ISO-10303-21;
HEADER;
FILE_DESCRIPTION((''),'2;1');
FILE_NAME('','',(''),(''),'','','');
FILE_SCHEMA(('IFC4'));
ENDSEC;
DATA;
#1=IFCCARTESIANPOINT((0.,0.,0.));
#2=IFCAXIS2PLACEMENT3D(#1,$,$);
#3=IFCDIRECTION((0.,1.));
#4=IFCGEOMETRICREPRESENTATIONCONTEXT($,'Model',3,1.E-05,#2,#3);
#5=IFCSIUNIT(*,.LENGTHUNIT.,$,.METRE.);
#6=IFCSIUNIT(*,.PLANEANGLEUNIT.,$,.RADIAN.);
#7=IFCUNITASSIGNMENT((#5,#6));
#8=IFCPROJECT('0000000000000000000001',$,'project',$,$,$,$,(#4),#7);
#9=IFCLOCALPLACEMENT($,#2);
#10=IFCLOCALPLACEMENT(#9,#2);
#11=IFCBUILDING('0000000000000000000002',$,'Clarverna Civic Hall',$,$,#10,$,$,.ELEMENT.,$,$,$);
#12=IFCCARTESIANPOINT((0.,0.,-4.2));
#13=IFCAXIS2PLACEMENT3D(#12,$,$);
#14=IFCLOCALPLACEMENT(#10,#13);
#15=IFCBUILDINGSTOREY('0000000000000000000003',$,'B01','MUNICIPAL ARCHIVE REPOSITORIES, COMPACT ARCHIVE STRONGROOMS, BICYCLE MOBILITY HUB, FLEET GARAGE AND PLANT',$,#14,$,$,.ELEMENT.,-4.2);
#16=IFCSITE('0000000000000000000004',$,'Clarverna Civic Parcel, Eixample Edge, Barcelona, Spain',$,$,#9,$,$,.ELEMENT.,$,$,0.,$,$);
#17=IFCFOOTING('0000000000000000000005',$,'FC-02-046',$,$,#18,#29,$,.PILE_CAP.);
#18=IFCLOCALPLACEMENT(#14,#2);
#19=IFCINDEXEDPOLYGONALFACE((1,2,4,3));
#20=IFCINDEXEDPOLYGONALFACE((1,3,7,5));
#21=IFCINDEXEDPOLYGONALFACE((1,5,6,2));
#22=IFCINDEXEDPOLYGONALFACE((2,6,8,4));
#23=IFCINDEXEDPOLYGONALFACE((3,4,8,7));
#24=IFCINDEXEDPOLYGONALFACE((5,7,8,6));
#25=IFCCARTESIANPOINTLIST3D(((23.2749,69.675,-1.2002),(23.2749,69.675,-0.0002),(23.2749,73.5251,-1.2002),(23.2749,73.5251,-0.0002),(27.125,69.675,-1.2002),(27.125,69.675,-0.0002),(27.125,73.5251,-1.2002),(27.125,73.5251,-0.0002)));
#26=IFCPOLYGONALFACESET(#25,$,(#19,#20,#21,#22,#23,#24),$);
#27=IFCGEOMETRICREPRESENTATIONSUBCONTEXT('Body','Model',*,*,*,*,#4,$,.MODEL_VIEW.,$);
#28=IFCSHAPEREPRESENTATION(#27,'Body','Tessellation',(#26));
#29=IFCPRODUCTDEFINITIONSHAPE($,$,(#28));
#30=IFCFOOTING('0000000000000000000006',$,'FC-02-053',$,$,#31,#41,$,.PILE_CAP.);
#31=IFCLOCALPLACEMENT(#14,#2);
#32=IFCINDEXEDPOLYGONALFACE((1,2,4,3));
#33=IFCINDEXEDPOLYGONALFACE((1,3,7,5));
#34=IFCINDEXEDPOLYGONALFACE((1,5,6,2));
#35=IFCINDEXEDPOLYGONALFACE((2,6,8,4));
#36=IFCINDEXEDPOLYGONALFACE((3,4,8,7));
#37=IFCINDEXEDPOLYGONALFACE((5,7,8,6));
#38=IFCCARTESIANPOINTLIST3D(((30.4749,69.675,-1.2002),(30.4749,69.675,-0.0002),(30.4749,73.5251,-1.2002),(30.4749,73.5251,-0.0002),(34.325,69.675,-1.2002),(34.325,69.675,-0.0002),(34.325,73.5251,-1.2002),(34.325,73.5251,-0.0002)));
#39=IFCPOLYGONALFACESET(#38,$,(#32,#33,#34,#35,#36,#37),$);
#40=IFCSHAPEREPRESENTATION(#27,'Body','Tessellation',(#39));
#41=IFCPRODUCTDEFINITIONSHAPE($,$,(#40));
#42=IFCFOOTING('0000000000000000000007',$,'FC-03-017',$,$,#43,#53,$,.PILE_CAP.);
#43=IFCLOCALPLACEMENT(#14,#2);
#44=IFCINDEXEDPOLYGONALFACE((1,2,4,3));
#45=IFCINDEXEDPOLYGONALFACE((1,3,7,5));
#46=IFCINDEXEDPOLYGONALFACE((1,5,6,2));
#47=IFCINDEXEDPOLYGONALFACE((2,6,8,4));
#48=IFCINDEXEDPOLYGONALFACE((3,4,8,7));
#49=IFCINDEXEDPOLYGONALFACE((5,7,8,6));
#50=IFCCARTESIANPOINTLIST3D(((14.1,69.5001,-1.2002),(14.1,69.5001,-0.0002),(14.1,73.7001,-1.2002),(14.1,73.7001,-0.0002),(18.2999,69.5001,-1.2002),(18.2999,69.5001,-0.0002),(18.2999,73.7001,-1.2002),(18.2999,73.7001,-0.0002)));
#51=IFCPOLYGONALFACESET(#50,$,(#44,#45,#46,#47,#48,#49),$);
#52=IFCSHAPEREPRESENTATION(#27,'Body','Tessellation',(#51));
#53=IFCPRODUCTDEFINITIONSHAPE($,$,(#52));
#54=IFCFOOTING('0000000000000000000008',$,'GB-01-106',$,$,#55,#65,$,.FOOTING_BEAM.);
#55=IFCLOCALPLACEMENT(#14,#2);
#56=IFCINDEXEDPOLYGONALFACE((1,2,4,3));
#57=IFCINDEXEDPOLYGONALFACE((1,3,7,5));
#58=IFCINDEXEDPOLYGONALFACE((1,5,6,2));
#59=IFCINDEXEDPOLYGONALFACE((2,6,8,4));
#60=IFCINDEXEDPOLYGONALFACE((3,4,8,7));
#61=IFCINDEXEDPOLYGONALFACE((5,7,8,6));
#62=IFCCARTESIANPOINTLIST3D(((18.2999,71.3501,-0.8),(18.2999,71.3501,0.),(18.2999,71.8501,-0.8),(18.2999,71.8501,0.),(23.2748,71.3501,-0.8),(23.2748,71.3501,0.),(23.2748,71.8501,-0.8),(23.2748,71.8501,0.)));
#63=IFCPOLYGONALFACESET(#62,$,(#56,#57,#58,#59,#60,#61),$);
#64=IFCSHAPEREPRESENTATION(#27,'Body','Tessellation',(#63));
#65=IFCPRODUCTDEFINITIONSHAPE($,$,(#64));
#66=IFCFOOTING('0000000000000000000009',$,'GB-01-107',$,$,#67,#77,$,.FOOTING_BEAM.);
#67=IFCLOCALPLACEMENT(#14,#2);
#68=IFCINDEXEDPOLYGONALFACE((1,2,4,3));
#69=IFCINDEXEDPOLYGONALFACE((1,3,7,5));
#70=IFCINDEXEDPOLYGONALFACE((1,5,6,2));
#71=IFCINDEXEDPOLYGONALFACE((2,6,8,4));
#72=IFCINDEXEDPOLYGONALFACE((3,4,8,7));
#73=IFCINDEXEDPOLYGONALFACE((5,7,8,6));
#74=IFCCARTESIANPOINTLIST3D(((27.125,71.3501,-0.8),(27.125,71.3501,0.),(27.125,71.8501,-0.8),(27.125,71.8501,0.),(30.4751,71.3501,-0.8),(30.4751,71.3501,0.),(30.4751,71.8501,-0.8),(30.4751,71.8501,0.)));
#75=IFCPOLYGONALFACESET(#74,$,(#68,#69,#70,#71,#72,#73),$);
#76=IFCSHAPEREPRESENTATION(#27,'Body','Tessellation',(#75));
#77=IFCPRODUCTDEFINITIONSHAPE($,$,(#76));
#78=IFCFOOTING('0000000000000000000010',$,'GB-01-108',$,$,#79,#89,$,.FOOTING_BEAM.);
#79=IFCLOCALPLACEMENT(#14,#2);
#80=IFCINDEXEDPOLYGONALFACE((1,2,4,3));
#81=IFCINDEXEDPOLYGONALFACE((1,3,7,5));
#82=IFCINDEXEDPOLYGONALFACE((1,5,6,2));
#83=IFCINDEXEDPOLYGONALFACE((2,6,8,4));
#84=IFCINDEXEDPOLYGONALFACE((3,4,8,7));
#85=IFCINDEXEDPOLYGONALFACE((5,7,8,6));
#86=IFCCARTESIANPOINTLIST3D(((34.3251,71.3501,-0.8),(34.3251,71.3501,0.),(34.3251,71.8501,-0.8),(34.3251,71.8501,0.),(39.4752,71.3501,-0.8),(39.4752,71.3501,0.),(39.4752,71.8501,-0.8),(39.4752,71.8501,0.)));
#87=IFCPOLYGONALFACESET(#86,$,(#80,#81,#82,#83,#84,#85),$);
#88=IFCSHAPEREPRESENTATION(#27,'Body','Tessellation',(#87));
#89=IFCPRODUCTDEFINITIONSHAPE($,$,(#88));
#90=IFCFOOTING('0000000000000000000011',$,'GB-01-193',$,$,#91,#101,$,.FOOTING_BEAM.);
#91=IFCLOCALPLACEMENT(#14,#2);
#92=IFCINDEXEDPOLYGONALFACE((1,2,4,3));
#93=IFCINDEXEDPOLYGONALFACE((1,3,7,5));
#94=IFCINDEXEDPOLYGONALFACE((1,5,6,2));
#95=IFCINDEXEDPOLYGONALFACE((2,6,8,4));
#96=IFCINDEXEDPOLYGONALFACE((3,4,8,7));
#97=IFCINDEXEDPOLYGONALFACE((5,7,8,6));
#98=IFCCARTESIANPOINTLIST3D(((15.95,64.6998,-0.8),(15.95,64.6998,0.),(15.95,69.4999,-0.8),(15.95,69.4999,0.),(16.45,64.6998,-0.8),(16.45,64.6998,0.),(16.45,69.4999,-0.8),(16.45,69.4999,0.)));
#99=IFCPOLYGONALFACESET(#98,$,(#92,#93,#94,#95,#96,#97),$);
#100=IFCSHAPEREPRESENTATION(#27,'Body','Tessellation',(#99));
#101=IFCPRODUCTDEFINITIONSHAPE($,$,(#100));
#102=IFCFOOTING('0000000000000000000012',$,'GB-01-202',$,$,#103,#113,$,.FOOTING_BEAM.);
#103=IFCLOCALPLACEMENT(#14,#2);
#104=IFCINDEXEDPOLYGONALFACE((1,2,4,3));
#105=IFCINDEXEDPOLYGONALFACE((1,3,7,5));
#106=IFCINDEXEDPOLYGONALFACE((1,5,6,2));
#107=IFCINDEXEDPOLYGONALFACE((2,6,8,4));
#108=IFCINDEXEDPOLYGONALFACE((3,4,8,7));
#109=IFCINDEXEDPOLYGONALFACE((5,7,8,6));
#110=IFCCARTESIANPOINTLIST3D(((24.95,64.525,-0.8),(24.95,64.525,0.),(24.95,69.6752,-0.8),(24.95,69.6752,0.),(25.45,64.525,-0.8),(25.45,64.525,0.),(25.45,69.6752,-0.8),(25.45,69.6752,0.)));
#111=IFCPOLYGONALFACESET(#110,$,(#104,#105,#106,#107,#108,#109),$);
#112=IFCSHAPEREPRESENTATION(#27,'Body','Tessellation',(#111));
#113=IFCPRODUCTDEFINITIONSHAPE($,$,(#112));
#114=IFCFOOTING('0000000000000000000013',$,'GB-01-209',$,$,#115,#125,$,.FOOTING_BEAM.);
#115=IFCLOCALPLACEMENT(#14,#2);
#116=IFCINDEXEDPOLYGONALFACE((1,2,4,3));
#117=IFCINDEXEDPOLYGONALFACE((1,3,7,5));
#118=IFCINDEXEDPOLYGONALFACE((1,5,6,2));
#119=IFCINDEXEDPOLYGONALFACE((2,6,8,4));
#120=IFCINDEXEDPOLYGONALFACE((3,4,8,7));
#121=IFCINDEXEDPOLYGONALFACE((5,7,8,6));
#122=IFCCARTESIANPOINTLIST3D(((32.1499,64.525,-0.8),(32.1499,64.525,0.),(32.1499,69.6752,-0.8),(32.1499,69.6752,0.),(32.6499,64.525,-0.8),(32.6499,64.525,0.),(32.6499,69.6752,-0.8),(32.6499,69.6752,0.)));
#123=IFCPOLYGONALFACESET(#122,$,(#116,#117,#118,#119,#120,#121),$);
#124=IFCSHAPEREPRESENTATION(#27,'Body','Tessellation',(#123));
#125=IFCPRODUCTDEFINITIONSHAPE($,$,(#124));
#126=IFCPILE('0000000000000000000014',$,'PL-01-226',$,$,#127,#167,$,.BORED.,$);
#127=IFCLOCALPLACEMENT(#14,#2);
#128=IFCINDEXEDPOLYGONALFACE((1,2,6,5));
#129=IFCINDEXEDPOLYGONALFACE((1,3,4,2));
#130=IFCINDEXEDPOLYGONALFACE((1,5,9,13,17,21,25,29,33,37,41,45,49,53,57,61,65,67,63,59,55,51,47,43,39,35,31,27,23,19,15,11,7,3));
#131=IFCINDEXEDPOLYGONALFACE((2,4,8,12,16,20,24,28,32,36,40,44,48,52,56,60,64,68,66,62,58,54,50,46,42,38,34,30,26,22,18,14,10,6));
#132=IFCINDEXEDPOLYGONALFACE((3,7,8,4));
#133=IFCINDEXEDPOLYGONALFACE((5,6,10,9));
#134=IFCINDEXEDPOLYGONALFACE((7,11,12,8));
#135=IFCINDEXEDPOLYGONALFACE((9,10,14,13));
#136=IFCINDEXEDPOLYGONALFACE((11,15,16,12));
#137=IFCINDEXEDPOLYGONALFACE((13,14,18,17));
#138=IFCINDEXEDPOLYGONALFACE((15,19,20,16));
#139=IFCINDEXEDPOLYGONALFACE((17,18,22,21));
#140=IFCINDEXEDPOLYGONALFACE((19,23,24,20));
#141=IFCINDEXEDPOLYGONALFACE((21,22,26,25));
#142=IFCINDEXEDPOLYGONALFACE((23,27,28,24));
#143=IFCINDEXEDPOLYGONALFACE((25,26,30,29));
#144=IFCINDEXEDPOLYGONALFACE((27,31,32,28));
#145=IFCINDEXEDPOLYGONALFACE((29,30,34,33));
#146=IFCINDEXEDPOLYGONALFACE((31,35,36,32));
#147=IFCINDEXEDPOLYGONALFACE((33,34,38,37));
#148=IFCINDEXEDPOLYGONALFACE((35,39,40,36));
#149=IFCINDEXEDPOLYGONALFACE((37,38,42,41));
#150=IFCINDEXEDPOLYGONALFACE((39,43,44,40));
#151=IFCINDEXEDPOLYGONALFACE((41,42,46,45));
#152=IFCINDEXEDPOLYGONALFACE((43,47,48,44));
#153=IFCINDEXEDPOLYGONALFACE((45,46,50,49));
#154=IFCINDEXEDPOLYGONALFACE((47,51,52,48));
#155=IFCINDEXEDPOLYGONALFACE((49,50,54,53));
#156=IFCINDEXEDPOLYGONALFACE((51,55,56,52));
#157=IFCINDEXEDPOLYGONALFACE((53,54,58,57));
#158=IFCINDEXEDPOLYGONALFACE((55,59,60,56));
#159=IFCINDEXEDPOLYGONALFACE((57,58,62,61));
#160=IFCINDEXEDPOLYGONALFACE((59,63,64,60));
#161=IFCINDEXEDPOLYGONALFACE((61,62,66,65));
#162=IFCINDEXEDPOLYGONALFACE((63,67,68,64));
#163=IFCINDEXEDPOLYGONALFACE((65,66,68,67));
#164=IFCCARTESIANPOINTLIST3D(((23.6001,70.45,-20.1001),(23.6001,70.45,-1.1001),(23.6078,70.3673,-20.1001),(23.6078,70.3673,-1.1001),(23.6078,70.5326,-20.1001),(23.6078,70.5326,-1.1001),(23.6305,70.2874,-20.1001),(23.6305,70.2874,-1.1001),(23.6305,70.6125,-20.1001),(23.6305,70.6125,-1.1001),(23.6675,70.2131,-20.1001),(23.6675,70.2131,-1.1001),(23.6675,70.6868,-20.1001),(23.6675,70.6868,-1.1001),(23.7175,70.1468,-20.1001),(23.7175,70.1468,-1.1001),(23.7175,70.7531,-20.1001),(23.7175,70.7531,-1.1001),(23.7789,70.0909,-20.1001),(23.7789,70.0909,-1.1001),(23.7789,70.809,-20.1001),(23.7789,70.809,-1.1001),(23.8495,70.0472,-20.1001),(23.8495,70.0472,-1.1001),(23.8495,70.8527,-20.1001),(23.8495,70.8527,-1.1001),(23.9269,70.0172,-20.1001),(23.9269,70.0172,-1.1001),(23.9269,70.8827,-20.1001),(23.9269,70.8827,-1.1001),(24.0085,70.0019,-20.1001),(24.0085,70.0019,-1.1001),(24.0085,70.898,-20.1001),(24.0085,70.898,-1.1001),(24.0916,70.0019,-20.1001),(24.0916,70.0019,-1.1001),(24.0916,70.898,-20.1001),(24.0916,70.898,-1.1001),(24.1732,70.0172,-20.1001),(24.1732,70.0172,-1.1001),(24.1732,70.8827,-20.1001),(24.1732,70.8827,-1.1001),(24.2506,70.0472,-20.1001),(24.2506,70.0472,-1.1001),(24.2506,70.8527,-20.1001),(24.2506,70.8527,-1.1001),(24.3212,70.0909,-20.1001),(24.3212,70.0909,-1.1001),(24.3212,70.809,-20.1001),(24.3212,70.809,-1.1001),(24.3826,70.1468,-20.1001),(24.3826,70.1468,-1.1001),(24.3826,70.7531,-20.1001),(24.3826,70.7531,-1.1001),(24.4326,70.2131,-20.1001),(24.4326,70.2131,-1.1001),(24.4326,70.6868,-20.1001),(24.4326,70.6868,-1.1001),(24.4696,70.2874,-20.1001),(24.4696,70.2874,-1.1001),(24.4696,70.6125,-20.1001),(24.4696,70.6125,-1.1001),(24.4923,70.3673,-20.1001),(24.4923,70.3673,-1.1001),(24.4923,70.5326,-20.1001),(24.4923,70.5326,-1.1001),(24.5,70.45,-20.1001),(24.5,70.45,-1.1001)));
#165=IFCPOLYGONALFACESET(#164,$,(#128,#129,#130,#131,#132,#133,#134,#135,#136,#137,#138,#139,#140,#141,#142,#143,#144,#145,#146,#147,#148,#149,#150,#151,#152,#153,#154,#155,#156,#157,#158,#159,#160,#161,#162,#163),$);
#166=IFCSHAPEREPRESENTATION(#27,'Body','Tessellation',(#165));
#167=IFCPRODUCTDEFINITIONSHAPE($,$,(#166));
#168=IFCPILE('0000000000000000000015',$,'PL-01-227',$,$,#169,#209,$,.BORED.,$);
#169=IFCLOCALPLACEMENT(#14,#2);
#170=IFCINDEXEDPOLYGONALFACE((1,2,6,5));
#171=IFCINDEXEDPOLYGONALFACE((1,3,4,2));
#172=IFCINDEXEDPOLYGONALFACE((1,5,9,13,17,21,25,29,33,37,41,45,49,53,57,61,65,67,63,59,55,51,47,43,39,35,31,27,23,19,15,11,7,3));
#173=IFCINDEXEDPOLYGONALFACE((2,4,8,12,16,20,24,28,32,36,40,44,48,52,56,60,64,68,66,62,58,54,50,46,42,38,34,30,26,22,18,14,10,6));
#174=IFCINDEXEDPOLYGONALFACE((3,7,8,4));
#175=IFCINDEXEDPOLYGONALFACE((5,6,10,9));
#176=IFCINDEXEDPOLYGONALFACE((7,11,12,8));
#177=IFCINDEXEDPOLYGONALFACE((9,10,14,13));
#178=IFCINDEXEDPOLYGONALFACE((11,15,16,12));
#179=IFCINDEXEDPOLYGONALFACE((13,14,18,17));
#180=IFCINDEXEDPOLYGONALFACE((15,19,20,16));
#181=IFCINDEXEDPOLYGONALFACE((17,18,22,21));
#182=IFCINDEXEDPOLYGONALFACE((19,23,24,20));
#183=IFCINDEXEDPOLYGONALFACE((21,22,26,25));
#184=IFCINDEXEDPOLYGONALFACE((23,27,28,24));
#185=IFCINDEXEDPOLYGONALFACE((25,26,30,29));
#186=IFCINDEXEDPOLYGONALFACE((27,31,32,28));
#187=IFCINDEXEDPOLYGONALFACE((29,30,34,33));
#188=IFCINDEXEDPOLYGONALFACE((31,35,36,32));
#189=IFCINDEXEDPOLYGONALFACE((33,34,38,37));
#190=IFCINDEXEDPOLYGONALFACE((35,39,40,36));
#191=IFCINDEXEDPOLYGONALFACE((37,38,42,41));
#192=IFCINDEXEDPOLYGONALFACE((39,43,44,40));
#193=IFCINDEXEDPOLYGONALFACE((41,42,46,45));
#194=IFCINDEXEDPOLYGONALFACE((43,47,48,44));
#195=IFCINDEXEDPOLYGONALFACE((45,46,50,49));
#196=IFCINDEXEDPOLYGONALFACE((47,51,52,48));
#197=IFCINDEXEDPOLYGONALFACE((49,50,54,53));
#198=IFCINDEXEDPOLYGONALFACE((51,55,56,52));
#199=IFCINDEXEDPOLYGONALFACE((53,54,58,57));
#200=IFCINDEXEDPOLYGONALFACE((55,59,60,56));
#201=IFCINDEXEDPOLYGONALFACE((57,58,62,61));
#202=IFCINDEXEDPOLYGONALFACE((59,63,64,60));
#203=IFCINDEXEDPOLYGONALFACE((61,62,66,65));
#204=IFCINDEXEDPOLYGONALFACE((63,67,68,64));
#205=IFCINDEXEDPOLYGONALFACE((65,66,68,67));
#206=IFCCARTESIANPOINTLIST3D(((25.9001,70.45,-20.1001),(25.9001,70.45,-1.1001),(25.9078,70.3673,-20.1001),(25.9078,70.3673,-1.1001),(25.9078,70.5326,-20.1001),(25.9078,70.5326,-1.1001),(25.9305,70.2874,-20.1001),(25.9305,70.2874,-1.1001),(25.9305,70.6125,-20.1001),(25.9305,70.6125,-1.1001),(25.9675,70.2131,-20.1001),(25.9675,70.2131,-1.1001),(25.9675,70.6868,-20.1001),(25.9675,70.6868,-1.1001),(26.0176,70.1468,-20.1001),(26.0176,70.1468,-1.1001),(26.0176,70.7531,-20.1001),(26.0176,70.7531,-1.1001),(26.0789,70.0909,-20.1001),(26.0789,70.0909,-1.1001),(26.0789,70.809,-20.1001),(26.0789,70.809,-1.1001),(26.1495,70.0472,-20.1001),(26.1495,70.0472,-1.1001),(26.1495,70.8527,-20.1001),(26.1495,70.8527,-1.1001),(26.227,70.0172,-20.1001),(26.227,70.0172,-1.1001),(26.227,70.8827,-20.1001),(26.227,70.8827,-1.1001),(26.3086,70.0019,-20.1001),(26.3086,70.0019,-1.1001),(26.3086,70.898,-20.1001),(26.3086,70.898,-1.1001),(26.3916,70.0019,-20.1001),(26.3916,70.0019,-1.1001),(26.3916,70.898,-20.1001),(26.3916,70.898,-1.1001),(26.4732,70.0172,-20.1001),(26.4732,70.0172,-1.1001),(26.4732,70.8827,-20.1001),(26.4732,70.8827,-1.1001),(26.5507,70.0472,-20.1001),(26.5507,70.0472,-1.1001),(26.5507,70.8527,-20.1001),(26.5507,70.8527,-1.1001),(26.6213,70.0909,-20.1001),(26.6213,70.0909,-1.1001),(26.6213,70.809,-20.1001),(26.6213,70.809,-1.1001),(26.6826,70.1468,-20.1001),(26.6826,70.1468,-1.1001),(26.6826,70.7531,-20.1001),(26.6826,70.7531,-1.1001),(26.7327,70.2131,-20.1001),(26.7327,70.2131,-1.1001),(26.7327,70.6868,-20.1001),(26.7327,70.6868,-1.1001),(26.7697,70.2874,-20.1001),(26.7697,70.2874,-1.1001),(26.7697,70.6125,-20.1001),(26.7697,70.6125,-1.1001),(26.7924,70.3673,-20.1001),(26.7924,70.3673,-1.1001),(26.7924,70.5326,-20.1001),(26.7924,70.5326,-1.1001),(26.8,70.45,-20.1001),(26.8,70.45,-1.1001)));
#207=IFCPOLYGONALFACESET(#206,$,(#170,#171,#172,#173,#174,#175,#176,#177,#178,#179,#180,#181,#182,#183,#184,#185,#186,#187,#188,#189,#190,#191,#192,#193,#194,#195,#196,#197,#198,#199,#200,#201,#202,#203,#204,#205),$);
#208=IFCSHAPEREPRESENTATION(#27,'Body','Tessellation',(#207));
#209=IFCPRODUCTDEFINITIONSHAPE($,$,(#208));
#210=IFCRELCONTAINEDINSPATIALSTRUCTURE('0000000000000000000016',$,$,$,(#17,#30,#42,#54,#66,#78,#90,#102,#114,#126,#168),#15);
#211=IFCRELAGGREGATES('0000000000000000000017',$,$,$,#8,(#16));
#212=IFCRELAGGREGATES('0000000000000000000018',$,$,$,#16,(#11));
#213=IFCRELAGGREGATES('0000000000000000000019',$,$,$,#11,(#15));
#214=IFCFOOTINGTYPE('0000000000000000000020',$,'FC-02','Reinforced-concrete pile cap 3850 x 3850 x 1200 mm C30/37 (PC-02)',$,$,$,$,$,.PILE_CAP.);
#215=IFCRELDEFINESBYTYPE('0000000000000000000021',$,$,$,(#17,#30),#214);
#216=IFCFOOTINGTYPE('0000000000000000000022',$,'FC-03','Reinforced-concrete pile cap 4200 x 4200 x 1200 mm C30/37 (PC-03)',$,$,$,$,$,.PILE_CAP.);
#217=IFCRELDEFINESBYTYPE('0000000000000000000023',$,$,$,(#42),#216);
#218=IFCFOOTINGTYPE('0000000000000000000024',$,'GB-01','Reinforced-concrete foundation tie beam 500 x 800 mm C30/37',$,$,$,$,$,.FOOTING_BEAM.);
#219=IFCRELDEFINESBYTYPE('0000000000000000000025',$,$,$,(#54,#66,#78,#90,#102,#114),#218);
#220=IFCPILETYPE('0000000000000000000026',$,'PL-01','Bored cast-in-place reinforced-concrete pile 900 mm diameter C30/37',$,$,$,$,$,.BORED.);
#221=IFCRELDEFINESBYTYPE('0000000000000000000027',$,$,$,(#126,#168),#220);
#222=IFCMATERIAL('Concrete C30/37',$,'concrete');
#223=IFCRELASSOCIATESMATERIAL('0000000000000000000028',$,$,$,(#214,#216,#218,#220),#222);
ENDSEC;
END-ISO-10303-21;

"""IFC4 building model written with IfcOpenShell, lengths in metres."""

from ifc_helpers import new_model, si_unit, direction, frame, frame_2d, origin, origin_2d, place, context, subcontext, project, spatial, rectangle, circle, extrude, material, material_profile, profile_set, type_object, element, save


model = new_model("IFC4")

# Units and contexts
model_context = context("Model", 3, precision=1e-05, world=origin(), true_north=direction((0.0, 1.0)))
body_context = subcontext(model_context, "Body", "Model", "MODEL_VIEW")
ifc_project = project(units=[si_unit("LENGTHUNIT", "METRE"), si_unit("PLANEANGLEUNIT", "RADIAN")], contexts=[model_context])

# Site, building, storey
site_placement = place(None, origin())
site = spatial("IfcSite", under=ifc_project, at=site_placement, Name="Clarverna Civic Parcel, Eixample Edge, Barcelona, Spain", CompositionType="ELEMENT", RefElevation=0.0)
building_placement = place(site_placement, origin())
building = spatial("IfcBuilding", under=site, at=building_placement, Name="Clarverna Civic Hall", CompositionType="ELEMENT")
storey_placement = place(building_placement, frame((0.0, 0.0, -4.2)))
storey = spatial("IfcBuildingStorey", under=building, at=storey_placement, Name="B01", Description="MUNICIPAL ARCHIVE REPOSITORIES, COMPACT ARCHIVE STRONGROOMS, BICYCLE MOBILITY HUB, FLEET GARAGE AND PLANT", CompositionType="ELEMENT", Elevation=-4.2)

# Footings
ifc_material_1 = material(Name="Concrete C30/37", Category="concrete")
footing_type_1 = type_object("IfcFootingType", Name="FC-02", Description="Reinforced-concrete pile cap 3850 x 3850 x 1200 mm C30/37 (PC-02)", PredefinedType="PILE_CAP", material=ifc_material_1)
for number, where, z_axis, x_axis, name in (
    (1, (25.2, 71.6001, -1.2002), (0.0, 0.0, 1.0), (1.0, 0.0, 0.0), "FC-02-046"),
    (2, (32.3999, 71.6001, -1.2002), (0.0, 0.0, 1.0), (1.0, 0.0, 0.0), "FC-02-053"),
):
    element("IfcFooting", number, at=place(storey_placement, frame(where, z_axis=z_axis, x_axis=x_axis)), inside=storey, type_object=footing_type_1, Name=name, PredefinedType="PILE_CAP", context=body_context, shape_type="SweptSolid", body=[
        extrude(rectangle(XDim=3.8501, YDim=3.8501, at=origin_2d()), origin(), (0.0, 0.0, 1.0), 1.2),
    ])
footing_type_2 = type_object("IfcFootingType", Name="FC-03", Description="Reinforced-concrete pile cap 4200 x 4200 x 1200 mm C30/37 (PC-03)", PredefinedType="PILE_CAP", material=ifc_material_1)
footing_1_placement = place(storey_placement, frame((16.2, 71.6001, -1.2002), z_axis=(0.0, 0.0, 1.0), x_axis=(1.0, 0.0, 0.0)))
element("IfcFooting", 3, at=footing_1_placement, inside=storey, type_object=footing_type_2, Name="FC-03-017", PredefinedType="PILE_CAP", context=body_context, shape_type="SweptSolid", body=[
    extrude(rectangle(XDim=4.2, YDim=4.2, at=origin_2d()), origin(), (0.0, 0.0, 1.0), 1.2),
])
footing_type_3 = type_object("IfcFootingType", Name="GB-01", Description="Reinforced-concrete foundation tie beam 500 x 800 mm C30/37", PredefinedType="FOOTING_BEAM", material=ifc_material_1)
footing_2_placement = place(storey_placement, frame((18.3, 71.6001, -0.8), z_axis=(0.0, 0.0, 1.0), x_axis=(1.0, 0.0, 0.0)))
element("IfcFooting", 4, at=footing_2_placement, inside=storey, type_object=footing_type_3, Name="GB-01-106", PredefinedType="FOOTING_BEAM", context=body_context, shape_type="SweptSolid", body=[
    extrude(rectangle(XDim=4.9749, YDim=0.5, at=frame_2d((2.4873, 0.0))), origin(), (0.0, 0.0, 1.0), 0.8),
])
footing_3_placement = place(storey_placement, frame((27.125, 71.6001, -0.8), z_axis=(0.0, 0.0, 1.0), x_axis=(1.0, 0.0, 0.0)))
element("IfcFooting", 5, at=footing_3_placement, inside=storey, type_object=footing_type_3, Name="GB-01-107", PredefinedType="FOOTING_BEAM", context=body_context, shape_type="SweptSolid", body=[
    extrude(rectangle(XDim=3.3501, YDim=0.5, at=frame_2d((1.675, 0.0))), origin(), (0.0, 0.0, 1.0), 0.8),
])
footing_4_placement = place(storey_placement, frame((34.325, 71.6001, -0.8), z_axis=(0.0, 0.0, 1.0), x_axis=(1.0, 0.0, 0.0)))
element("IfcFooting", 6, at=footing_4_placement, inside=storey, type_object=footing_type_3, Name="GB-01-108", PredefinedType="FOOTING_BEAM", context=body_context, shape_type="SweptSolid", body=[
    extrude(rectangle(XDim=5.1501, YDim=0.5, at=frame_2d((2.5752, 0.0))), origin(), (0.0, 0.0, 1.0), 0.8),
])
footing_5_placement = place(storey_placement, frame((16.2, 64.7, -0.8), z_axis=(0.0, 0.0, 1.0), x_axis=(0.0, 1.0, 0.0)))
element("IfcFooting", 7, at=footing_5_placement, inside=storey, type_object=footing_type_3, Name="GB-01-193", PredefinedType="FOOTING_BEAM", context=body_context, shape_type="SweptSolid", body=[
    extrude(rectangle(XDim=4.8, YDim=0.5, at=frame_2d((2.3999, 0.0))), origin(), (0.0, 0.0, 1.0), 0.8),
])
for number, where, z_axis, x_axis, name in (
    (8, (25.2, 64.5249, -0.8), (0.0, 0.0, 1.0), (0.0, 1.0, 0.0), "GB-01-202"),
    (9, (32.3999, 64.5249, -0.8), (0.0, 0.0, 1.0), (0.0, 1.0, 0.0), "GB-01-209"),
):
    element("IfcFooting", number, at=place(storey_placement, frame(where, z_axis=z_axis, x_axis=x_axis)), inside=storey, type_object=footing_type_3, Name=name, PredefinedType="FOOTING_BEAM", context=body_context, shape_type="SweptSolid", body=[
        extrude(rectangle(XDim=5.1501, YDim=0.5, at=frame_2d((2.5752, 0.0))), origin(), (0.0, 0.0, 1.0), 0.8),
    ])

# Piles
ifc_material_profile_1 = material_profile(ifc_material_1, circle(Radius=0.45, at=origin_2d()), Name="BORED PILE D900")
ifc_profile_set_1 = profile_set([ifc_material_profile_1], Name="Concrete C30/37")
pile_type_1 = type_object("IfcPileType", Name="PL-01", Description="Bored cast-in-place reinforced-concrete pile 900 mm diameter C30/37", PredefinedType="BORED", material=ifc_profile_set_1)
for number, where, z_axis, x_axis, name in (
    (10, (24.05, 70.45, -1.1001), (0.0, 0.0, -1.0), (1.0, 0.0, 0.0), "PL-01-226"),
    (11, (26.3501, 70.45, -1.1001), (0.0, 0.0, -1.0), (1.0, 0.0, 0.0), "PL-01-227"),
):
    element("IfcPile", number, at=place(storey_placement, frame(where, z_axis=z_axis, x_axis=x_axis)), inside=storey, type_object=pile_type_1, Name=name, PredefinedType="BORED", context=body_context, shape_type="SweptSolid", body=[
        extrude(circle(Radius=0.45, at=origin_2d()), origin(), (0.0, 0.0, 1.0), 19.0),
    ])

save(model, "model.ifc")
